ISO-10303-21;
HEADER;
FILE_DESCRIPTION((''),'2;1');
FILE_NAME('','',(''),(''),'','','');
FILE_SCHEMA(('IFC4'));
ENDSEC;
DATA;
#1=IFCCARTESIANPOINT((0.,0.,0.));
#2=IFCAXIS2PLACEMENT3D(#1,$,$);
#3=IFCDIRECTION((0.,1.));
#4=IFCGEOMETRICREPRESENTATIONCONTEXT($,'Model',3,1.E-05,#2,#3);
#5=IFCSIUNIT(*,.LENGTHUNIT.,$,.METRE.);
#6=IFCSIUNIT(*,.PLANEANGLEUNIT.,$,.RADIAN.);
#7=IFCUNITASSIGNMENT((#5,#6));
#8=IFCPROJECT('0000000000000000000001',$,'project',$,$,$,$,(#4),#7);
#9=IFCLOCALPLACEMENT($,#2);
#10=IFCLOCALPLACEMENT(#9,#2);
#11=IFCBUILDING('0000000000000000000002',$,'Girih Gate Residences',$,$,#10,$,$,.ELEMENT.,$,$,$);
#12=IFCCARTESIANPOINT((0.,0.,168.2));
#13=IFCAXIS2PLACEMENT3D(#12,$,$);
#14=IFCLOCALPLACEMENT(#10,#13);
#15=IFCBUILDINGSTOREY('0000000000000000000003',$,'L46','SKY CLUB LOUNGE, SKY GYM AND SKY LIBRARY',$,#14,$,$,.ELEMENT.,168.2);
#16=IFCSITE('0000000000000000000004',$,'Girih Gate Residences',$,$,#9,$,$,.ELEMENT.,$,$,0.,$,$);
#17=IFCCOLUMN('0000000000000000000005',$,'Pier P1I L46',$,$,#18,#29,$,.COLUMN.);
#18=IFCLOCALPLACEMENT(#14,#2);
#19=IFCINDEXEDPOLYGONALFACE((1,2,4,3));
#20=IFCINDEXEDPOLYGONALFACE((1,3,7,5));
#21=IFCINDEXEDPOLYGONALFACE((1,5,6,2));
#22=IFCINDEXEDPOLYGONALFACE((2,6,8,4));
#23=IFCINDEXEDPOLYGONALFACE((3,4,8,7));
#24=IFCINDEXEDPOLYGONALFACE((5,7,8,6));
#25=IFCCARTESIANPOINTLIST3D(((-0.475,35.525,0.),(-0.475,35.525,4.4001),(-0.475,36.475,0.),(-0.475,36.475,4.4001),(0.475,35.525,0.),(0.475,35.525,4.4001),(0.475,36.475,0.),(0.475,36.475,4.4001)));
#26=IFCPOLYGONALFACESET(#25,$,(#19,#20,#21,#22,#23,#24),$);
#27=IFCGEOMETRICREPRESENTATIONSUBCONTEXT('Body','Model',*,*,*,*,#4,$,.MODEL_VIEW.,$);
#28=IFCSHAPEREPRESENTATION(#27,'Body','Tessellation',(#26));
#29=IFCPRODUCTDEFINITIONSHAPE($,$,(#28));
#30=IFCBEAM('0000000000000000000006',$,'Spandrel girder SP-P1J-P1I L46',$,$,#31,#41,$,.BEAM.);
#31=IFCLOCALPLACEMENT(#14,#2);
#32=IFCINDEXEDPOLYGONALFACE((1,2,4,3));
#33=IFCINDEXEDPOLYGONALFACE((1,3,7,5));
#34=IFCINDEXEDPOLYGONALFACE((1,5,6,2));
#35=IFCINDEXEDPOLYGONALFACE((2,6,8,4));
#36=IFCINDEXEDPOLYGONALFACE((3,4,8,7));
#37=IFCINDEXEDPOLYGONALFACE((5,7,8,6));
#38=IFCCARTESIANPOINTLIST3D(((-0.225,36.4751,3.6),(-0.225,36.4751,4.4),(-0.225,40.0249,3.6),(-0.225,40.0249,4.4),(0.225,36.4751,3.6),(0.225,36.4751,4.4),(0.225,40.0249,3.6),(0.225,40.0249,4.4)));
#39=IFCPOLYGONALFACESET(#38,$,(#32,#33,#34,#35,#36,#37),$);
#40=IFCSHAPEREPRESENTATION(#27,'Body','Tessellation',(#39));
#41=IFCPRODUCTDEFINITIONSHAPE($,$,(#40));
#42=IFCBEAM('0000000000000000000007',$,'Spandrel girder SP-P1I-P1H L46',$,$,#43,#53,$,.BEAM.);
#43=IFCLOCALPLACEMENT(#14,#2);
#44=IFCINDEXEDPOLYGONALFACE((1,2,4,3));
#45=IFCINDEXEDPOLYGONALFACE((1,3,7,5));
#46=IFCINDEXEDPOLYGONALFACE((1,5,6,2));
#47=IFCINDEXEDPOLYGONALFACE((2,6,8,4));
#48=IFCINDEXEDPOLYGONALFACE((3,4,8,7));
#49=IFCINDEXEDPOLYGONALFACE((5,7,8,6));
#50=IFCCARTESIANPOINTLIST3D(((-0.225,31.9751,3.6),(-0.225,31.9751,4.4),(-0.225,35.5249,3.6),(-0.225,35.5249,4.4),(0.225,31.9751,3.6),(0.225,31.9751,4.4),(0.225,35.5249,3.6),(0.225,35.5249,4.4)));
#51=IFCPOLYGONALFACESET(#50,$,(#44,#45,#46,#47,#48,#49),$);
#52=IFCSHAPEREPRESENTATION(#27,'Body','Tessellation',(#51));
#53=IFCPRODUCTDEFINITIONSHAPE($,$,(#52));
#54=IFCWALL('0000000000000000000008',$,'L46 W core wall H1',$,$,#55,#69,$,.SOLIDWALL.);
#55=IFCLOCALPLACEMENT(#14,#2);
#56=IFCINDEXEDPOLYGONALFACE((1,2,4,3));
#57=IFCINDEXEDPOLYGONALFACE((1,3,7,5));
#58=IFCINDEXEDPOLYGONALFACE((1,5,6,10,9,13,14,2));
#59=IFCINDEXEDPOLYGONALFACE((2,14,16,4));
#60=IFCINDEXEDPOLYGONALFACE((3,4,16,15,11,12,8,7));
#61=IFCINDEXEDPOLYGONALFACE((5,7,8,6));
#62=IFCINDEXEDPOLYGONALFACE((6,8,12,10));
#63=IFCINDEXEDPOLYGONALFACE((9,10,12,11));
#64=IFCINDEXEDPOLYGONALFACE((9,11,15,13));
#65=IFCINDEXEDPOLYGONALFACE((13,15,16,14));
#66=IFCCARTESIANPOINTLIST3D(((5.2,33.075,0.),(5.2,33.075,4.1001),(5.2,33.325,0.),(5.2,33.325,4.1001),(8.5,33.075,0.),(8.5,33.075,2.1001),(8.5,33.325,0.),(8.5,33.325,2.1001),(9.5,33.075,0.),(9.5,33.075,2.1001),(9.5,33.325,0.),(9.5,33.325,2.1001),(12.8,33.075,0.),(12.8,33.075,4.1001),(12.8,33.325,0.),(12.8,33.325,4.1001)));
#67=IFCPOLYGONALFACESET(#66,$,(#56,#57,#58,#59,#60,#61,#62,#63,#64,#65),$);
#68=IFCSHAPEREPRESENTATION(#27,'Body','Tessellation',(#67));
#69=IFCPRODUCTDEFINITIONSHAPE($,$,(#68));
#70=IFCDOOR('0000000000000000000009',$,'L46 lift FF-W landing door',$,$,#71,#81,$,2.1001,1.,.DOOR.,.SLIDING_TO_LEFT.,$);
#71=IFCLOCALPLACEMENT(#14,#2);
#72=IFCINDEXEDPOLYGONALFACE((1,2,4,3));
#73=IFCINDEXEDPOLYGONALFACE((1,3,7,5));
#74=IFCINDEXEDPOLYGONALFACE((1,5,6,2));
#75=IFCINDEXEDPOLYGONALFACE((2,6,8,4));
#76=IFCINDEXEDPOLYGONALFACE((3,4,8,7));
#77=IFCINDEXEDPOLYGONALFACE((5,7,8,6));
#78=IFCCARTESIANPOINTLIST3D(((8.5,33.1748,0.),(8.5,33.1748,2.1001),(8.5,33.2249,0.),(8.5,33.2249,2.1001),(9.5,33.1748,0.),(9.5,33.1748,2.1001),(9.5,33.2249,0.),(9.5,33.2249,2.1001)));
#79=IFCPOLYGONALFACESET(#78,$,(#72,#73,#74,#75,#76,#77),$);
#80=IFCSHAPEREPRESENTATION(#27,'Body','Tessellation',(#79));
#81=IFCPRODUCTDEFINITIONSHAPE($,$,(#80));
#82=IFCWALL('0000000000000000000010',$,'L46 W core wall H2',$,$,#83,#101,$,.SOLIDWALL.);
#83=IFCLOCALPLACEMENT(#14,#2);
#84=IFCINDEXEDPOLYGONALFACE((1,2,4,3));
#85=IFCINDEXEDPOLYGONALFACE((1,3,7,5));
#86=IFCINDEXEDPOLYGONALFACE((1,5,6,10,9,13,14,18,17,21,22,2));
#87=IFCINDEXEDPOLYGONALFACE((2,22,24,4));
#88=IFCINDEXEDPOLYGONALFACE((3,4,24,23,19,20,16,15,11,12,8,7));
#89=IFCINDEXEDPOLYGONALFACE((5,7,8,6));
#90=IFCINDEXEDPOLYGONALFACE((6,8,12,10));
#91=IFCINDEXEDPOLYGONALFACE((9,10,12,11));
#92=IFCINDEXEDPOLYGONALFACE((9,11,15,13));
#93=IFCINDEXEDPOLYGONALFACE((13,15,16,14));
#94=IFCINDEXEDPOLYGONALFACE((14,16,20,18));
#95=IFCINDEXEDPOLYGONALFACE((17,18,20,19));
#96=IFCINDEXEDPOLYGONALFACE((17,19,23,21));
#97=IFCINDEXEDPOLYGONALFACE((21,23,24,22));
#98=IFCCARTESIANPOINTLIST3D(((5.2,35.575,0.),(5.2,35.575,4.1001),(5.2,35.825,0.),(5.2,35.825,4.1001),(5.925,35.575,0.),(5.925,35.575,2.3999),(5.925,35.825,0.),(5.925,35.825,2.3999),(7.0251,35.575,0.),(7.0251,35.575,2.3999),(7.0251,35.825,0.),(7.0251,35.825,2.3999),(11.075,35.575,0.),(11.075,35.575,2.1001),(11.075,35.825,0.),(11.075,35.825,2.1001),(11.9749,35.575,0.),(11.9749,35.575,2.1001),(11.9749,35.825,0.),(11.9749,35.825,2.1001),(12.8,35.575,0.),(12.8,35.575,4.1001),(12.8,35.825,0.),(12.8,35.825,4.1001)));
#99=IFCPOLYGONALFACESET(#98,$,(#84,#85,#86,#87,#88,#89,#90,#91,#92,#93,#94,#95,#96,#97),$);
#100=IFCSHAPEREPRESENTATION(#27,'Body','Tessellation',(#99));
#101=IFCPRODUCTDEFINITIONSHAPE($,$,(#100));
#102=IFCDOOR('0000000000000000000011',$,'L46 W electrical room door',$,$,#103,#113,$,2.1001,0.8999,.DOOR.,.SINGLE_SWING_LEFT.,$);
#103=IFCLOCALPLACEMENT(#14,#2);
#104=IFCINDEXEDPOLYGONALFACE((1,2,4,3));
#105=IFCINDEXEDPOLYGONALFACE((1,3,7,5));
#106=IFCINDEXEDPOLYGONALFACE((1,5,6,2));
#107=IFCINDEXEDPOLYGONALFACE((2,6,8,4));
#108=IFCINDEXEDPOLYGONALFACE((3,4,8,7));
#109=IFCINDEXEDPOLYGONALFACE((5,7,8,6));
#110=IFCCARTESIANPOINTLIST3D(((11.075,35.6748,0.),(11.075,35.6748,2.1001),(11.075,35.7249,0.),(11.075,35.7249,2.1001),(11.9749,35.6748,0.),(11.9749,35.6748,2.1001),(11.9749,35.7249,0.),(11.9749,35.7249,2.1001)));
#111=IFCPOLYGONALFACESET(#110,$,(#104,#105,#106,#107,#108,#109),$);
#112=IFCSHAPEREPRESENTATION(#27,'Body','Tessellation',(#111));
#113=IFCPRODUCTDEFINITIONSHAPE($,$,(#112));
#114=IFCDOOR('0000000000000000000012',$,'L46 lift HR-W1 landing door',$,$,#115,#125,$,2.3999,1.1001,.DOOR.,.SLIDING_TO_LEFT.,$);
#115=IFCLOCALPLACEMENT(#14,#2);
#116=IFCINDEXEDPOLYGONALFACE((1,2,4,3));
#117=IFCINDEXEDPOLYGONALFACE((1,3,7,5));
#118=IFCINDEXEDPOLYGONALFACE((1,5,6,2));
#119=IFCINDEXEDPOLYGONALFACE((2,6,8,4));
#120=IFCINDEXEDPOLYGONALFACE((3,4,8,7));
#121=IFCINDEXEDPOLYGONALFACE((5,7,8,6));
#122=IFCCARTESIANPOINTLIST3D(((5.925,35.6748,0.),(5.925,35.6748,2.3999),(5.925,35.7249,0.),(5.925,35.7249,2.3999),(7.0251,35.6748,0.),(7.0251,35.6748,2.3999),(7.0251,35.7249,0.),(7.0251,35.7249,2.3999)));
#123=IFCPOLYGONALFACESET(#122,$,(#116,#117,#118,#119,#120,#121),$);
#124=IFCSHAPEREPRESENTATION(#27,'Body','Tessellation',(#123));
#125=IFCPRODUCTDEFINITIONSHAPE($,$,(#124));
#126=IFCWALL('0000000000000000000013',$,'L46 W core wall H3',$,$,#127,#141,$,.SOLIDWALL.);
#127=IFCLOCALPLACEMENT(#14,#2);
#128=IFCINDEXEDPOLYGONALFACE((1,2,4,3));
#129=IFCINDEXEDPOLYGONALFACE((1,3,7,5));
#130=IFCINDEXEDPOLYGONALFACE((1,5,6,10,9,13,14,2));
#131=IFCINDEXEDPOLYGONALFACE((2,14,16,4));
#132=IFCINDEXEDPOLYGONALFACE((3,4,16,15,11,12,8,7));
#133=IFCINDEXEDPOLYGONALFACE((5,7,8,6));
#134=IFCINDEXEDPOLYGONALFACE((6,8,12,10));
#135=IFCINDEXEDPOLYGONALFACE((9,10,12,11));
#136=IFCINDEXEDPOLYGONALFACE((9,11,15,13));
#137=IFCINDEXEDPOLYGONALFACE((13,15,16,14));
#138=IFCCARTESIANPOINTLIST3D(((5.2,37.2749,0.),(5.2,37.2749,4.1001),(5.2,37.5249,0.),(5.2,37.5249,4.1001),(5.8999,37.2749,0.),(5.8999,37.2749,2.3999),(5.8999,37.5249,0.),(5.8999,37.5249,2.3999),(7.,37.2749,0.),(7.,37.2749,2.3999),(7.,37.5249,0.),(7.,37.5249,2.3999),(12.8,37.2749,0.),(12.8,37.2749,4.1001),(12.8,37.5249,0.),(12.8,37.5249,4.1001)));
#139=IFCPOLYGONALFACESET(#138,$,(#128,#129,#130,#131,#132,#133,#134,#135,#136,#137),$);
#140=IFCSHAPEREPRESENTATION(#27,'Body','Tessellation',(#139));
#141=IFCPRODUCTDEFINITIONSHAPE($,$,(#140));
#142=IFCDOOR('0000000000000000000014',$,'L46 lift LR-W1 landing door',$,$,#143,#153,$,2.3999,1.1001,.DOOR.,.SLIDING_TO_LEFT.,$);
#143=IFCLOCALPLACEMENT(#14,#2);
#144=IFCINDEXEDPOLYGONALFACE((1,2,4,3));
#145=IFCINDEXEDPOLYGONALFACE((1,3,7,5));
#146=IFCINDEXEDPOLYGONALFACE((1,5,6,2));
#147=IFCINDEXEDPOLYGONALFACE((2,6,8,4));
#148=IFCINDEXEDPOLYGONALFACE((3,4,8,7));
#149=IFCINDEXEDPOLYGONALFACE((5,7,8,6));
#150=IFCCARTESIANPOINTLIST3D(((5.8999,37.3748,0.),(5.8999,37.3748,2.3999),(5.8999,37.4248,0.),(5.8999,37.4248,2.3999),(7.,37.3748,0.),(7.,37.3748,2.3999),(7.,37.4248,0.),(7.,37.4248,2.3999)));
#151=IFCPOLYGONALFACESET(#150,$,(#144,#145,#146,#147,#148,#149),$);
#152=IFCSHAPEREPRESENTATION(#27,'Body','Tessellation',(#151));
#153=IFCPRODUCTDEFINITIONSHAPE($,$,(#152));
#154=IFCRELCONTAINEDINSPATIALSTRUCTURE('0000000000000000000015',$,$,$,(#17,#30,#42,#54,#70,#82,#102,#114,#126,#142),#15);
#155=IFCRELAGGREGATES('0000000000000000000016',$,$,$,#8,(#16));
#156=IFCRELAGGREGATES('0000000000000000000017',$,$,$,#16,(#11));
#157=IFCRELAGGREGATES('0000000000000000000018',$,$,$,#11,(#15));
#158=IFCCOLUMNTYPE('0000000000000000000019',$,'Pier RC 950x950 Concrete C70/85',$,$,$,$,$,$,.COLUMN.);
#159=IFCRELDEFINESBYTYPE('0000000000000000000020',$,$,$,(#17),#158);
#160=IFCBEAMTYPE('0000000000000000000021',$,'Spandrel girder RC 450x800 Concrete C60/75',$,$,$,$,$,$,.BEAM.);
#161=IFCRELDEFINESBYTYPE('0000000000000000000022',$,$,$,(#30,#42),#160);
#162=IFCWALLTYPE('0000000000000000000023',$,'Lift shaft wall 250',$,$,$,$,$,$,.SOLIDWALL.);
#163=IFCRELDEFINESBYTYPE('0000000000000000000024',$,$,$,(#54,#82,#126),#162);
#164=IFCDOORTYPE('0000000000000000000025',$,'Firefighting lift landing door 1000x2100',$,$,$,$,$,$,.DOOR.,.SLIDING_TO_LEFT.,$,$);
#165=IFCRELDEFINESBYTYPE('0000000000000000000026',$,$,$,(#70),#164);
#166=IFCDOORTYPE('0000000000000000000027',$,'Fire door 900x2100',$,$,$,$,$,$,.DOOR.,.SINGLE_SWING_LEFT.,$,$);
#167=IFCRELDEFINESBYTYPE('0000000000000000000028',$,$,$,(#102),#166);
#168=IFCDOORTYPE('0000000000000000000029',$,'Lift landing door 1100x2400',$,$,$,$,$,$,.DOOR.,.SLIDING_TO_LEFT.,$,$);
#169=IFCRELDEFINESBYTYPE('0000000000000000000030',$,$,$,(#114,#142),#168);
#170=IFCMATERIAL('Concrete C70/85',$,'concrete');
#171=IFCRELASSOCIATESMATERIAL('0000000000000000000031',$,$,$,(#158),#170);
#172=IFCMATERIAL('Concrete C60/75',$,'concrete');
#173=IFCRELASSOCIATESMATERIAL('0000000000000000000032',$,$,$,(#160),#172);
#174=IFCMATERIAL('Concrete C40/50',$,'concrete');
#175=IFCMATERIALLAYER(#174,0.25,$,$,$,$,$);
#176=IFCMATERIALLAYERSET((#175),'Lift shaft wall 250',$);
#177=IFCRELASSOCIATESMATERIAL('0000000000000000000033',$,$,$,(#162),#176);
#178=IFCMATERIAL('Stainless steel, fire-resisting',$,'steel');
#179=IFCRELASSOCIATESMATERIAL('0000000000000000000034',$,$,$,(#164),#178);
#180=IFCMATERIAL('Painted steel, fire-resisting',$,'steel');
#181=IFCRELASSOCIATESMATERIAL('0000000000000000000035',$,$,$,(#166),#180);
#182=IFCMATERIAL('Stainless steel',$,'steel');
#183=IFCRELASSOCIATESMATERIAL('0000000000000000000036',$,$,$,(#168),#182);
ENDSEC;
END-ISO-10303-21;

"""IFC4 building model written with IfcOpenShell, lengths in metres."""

from ifc_helpers import new_model, si_unit, direction, frame, frame_2d, origin, origin_2d, place, context, subcontext, project, spatial, rectangle, extrude, material, layer, layer_set, material_profile, profile_set, type_object, element, fill, save


model = new_model("IFC4")

# Units and contexts
model_context = context("Model", 3, precision=1e-05, world=origin(), true_north=direction((0.0, 1.0)))
body_context = subcontext(model_context, "Body", "Model", "MODEL_VIEW")
ifc_project = project(units=[si_unit("LENGTHUNIT", "METRE"), si_unit("PLANEANGLEUNIT", "RADIAN")], contexts=[model_context])

# Site, building, storey
site_placement = place(None, origin())
site = spatial("IfcSite", under=ifc_project, at=site_placement, Name="Girih Gate Residences", CompositionType="ELEMENT", RefElevation=0.0)
building_placement = place(site_placement, origin())
building = spatial("IfcBuilding", under=site, at=building_placement, Name="Girih Gate Residences", CompositionType="ELEMENT")
storey_placement = place(building_placement, frame((0.0, 0.0, 168.2)))
storey = spatial("IfcBuildingStorey", under=building, at=storey_placement, Name="L46", Description="SKY CLUB LOUNGE, SKY GYM AND SKY LIBRARY", CompositionType="ELEMENT", Elevation=168.2)

# Column
ifc_material_1 = material(Name="Concrete C70/85", Category="concrete")
ifc_material_profile_1 = material_profile(ifc_material_1, rectangle(XDim=0.95, YDim=0.95, at=origin_2d()))
ifc_profile_set_1 = profile_set([ifc_material_profile_1], Name="Concrete C70/85")
column_type = type_object("IfcColumnType", Name="Pier RC 950x950 Concrete C70/85", PredefinedType="COLUMN", material=ifc_profile_set_1)
column_placement = place(storey_placement, frame((0.0, 36.0, 0.0), z_axis=(0.0, 0.0, 1.0), x_axis=(1.0, 0.0, 0.0)))
element("IfcColumn", 1, at=column_placement, inside=storey, type_object=column_type, Name="Pier P1I L46", PredefinedType="COLUMN", context=body_context, shape_type="SweptSolid", body=[
    extrude(rectangle(XDim=0.95, YDim=0.95, at=origin_2d()), origin(), (0.0, 0.0, 1.0), 4.4001),
])

# Beams
ifc_material_2 = material(Name="Concrete C60/75", Category="concrete")
ifc_material_profile_2 = material_profile(ifc_material_2, rectangle(XDim=0.45, YDim=0.8, at=origin_2d()))
ifc_profile_set_2 = profile_set([ifc_material_profile_2], Name="Concrete C60/75")
beam_type = type_object("IfcBeamType", Name="Spandrel girder RC 450x800 Concrete C60/75", PredefinedType="BEAM", material=ifc_profile_set_2)
for number, where, z_axis, x_axis, name in (
    (2, (0.0, 40.0249, 4.0), (0.0, -1.0, 0.0), (1.0, 0.0, 0.0), "Spandrel girder SP-P1J-P1I L46"),
    (3, (0.0, 35.5249, 4.0), (0.0, -1.0, 0.0), (1.0, 0.0, 0.0), "Spandrel girder SP-P1I-P1H L46"),
):
    element("IfcBeam", number, at=place(storey_placement, frame(where, z_axis=z_axis, x_axis=x_axis)), inside=storey, type_object=beam_type, Name=name, PredefinedType="BEAM", context=body_context, shape_type="SweptSolid", body=[
        extrude(rectangle(XDim=0.45, YDim=0.8, at=origin_2d()), origin(), (0.0, 0.0, 1.0), 3.5498),
    ])

# Wall, opening, door
ifc_material_3 = material(Name="Concrete C40/50", Category="concrete")
ifc_layer_1 = layer(ifc_material_3, 0.25)
ifc_layer_set_1 = layer_set([ifc_layer_1], Name="Lift shaft wall 250")
wall_type_1 = type_object("IfcWallType", Name="Lift shaft wall 250", PredefinedType="SOLIDWALL", material=ifc_layer_set_1)
wall_1_placement = place(storey_placement, frame((5.2, 33.2, 0.0), z_axis=(0.0, 0.0, 1.0), x_axis=(1.0, 0.0, 0.0)))
wall_1 = element("IfcWall", 4, at=wall_1_placement, inside=storey, type_object=wall_type_1, Name="L46 W core wall H1", PredefinedType="SOLIDWALL", context=body_context, shape_type="SweptSolid", body=[
    extrude(rectangle(XDim=7.6001, YDim=0.25, at=frame_2d((3.8, 0.0))), origin(), (0.0, 0.0, 1.0), 4.1001),
])
opening_1_placement = place(wall_1_placement, frame((3.3, 0.0, 0.0)))
opening_1 = element("IfcOpeningElement", 5, at=opening_1_placement, cuts=wall_1, PredefinedType="OPENING", context=body_context, shape_type="SweptSolid", body=[
    extrude(rectangle(XDim=1.0, YDim=2.1001, at=frame_2d((0.5, 1.05))), frame((0.0, 0.135, 0.0), z_axis=(0.0, -1.0, 0.0), x_axis=(1.0, 0.0, 0.0)), (0.0, 0.0, 1.0), 0.27),
])
ifc_material_4 = material(Name="Stainless steel, fire-resisting", Category="steel")
door_type_1 = type_object("IfcDoorType", Name="Firefighting lift landing door 1000x2100", OperationType="SLIDING_TO_LEFT", PredefinedType="DOOR", material=ifc_material_4)
door_1_placement = place(opening_1_placement, origin())
door_1 = element("IfcDoor", 6, at=door_1_placement, inside=storey, type_object=door_type_1, Name="L46 lift FF-W landing door", OperationType="SLIDING_TO_LEFT", OverallHeight=2.1001, OverallWidth=1.0, PredefinedType="DOOR", context=body_context, shape_type="SweptSolid", body=[
    extrude(rectangle(XDim=1.0, YDim=2.1001, at=frame_2d((0.5, 1.05))), frame((0.0, 0.0249, 0.0), z_axis=(0.0, -1.0, 0.0), x_axis=(1.0, 0.0, 0.0)), (0.0, 0.0, 1.0), 0.05),
])
fill(opening_1, door_1)

# Wall, openings, doors
wall_2_placement = place(storey_placement, frame((5.2, 35.7, 0.0), z_axis=(0.0, 0.0, 1.0), x_axis=(1.0, 0.0, 0.0)))
wall_2 = element("IfcWall", 7, at=wall_2_placement, inside=storey, type_object=wall_type_1, Name="L46 W core wall H2", PredefinedType="SOLIDWALL", context=body_context, shape_type="SweptSolid", body=[
    extrude(rectangle(XDim=7.6001, YDim=0.25, at=frame_2d((3.8, 0.0))), origin(), (0.0, 0.0, 1.0), 4.1001),
])
opening_2_placement = place(wall_2_placement, frame((0.7251, 0.0, 0.0)))
opening_2 = element("IfcOpeningElement", 8, at=opening_2_placement, cuts=wall_2, PredefinedType="OPENING", context=body_context, shape_type="SweptSolid", body=[
    extrude(rectangle(XDim=1.1001, YDim=2.3999, at=frame_2d((0.55, 1.2))), frame((0.0, 0.135, 0.0), z_axis=(0.0, -1.0, 0.0), x_axis=(1.0, 0.0, 0.0)), (0.0, 0.0, 1.0), 0.27),
])
opening_3_placement = place(wall_2_placement, frame((5.875, 0.0, 0.0)))
opening_3 = element("IfcOpeningElement", 9, at=opening_3_placement, cuts=wall_2, PredefinedType="OPENING", context=body_context, shape_type="SweptSolid", body=[
    extrude(rectangle(XDim=0.8999, YDim=2.1001, at=frame_2d((0.45, 1.05))), frame((0.0, 0.135, 0.0), z_axis=(0.0, -1.0, 0.0), x_axis=(1.0, 0.0, 0.0)), (0.0, 0.0, 1.0), 0.27),
])
ifc_material_5 = material(Name="Painted steel, fire-resisting", Category="steel")
door_type_2 = type_object("IfcDoorType", Name="Fire door 900x2100", OperationType="SINGLE_SWING_LEFT", PredefinedType="DOOR", material=ifc_material_5)
door_2_placement = place(opening_3_placement, origin())
door_2 = element("IfcDoor", 10, at=door_2_placement, inside=storey, type_object=door_type_2, Name="L46 W electrical room door", OperationType="SINGLE_SWING_LEFT", OverallHeight=2.1001, OverallWidth=0.8999, PredefinedType="DOOR", context=body_context, shape_type="SweptSolid", body=[
    extrude(rectangle(XDim=0.8999, YDim=2.1001, at=frame_2d((0.45, 1.05))), frame((0.0, 0.0249, 0.0), z_axis=(0.0, -1.0, 0.0), x_axis=(1.0, 0.0, 0.0)), (0.0, 0.0, 1.0), 0.05),
])
fill(opening_3, door_2)
ifc_material_6 = material(Name="Stainless steel", Category="steel")
door_type_3 = type_object("IfcDoorType", Name="Lift landing door 1100x2400", OperationType="SLIDING_TO_LEFT", PredefinedType="DOOR", material=ifc_material_6)
door_3_placement = place(opening_2_placement, origin())
door_3 = element("IfcDoor", 11, at=door_3_placement, inside=storey, type_object=door_type_3, Name="L46 lift HR-W1 landing door", OperationType="SLIDING_TO_LEFT", OverallHeight=2.3999, OverallWidth=1.1001, PredefinedType="DOOR", context=body_context, shape_type="SweptSolid", body=[
    extrude(rectangle(XDim=1.1001, YDim=2.3999, at=frame_2d((0.55, 1.2))), frame((0.0, 0.0249, 0.0), z_axis=(0.0, -1.0, 0.0), x_axis=(1.0, 0.0, 0.0)), (0.0, 0.0, 1.0), 0.05),
])
fill(opening_2, door_3)

# Wall, opening, door
wall_3_placement = place(storey_placement, frame((5.2, 37.3999, 0.0), z_axis=(0.0, 0.0, 1.0), x_axis=(1.0, 0.0, 0.0)))
wall_3 = element("IfcWall", 12, at=wall_3_placement, inside=storey, type_object=wall_type_1, Name="L46 W core wall H3", PredefinedType="SOLIDWALL", context=body_context, shape_type="SweptSolid", body=[
    extrude(rectangle(XDim=7.6001, YDim=0.25, at=frame_2d((3.8, 0.0))), origin(), (0.0, 0.0, 1.0), 4.1001),
])
opening_4_placement = place(wall_3_placement, frame((0.7, 0.0, 0.0)))
opening_4 = element("IfcOpeningElement", 13, at=opening_4_placement, cuts=wall_3, PredefinedType="OPENING", context=body_context, shape_type="SweptSolid", body=[
    extrude(rectangle(XDim=1.1001, YDim=2.3999, at=frame_2d((0.55, 1.2))), frame((0.0, 0.135, 0.0), z_axis=(0.0, -1.0, 0.0), x_axis=(1.0, 0.0, 0.0)), (0.0, 0.0, 1.0), 0.27),
])
door_4_placement = place(opening_4_placement, origin())
door_4 = element("IfcDoor", 14, at=door_4_placement, inside=storey, type_object=door_type_3, Name="L46 lift LR-W1 landing door", OperationType="SLIDING_TO_LEFT", OverallHeight=2.3999, OverallWidth=1.1001, PredefinedType="DOOR", context=body_context, shape_type="SweptSolid", body=[
    extrude(rectangle(XDim=1.1001, YDim=2.3999, at=frame_2d((0.55, 1.2))), frame((0.0, 0.0249, 0.0), z_axis=(0.0, -1.0, 0.0), x_axis=(1.0, 0.0, 0.0)), (0.0, 0.0, 1.0), 0.05),
])
fill(opening_4, door_4)

save(model, "model.ifc")
